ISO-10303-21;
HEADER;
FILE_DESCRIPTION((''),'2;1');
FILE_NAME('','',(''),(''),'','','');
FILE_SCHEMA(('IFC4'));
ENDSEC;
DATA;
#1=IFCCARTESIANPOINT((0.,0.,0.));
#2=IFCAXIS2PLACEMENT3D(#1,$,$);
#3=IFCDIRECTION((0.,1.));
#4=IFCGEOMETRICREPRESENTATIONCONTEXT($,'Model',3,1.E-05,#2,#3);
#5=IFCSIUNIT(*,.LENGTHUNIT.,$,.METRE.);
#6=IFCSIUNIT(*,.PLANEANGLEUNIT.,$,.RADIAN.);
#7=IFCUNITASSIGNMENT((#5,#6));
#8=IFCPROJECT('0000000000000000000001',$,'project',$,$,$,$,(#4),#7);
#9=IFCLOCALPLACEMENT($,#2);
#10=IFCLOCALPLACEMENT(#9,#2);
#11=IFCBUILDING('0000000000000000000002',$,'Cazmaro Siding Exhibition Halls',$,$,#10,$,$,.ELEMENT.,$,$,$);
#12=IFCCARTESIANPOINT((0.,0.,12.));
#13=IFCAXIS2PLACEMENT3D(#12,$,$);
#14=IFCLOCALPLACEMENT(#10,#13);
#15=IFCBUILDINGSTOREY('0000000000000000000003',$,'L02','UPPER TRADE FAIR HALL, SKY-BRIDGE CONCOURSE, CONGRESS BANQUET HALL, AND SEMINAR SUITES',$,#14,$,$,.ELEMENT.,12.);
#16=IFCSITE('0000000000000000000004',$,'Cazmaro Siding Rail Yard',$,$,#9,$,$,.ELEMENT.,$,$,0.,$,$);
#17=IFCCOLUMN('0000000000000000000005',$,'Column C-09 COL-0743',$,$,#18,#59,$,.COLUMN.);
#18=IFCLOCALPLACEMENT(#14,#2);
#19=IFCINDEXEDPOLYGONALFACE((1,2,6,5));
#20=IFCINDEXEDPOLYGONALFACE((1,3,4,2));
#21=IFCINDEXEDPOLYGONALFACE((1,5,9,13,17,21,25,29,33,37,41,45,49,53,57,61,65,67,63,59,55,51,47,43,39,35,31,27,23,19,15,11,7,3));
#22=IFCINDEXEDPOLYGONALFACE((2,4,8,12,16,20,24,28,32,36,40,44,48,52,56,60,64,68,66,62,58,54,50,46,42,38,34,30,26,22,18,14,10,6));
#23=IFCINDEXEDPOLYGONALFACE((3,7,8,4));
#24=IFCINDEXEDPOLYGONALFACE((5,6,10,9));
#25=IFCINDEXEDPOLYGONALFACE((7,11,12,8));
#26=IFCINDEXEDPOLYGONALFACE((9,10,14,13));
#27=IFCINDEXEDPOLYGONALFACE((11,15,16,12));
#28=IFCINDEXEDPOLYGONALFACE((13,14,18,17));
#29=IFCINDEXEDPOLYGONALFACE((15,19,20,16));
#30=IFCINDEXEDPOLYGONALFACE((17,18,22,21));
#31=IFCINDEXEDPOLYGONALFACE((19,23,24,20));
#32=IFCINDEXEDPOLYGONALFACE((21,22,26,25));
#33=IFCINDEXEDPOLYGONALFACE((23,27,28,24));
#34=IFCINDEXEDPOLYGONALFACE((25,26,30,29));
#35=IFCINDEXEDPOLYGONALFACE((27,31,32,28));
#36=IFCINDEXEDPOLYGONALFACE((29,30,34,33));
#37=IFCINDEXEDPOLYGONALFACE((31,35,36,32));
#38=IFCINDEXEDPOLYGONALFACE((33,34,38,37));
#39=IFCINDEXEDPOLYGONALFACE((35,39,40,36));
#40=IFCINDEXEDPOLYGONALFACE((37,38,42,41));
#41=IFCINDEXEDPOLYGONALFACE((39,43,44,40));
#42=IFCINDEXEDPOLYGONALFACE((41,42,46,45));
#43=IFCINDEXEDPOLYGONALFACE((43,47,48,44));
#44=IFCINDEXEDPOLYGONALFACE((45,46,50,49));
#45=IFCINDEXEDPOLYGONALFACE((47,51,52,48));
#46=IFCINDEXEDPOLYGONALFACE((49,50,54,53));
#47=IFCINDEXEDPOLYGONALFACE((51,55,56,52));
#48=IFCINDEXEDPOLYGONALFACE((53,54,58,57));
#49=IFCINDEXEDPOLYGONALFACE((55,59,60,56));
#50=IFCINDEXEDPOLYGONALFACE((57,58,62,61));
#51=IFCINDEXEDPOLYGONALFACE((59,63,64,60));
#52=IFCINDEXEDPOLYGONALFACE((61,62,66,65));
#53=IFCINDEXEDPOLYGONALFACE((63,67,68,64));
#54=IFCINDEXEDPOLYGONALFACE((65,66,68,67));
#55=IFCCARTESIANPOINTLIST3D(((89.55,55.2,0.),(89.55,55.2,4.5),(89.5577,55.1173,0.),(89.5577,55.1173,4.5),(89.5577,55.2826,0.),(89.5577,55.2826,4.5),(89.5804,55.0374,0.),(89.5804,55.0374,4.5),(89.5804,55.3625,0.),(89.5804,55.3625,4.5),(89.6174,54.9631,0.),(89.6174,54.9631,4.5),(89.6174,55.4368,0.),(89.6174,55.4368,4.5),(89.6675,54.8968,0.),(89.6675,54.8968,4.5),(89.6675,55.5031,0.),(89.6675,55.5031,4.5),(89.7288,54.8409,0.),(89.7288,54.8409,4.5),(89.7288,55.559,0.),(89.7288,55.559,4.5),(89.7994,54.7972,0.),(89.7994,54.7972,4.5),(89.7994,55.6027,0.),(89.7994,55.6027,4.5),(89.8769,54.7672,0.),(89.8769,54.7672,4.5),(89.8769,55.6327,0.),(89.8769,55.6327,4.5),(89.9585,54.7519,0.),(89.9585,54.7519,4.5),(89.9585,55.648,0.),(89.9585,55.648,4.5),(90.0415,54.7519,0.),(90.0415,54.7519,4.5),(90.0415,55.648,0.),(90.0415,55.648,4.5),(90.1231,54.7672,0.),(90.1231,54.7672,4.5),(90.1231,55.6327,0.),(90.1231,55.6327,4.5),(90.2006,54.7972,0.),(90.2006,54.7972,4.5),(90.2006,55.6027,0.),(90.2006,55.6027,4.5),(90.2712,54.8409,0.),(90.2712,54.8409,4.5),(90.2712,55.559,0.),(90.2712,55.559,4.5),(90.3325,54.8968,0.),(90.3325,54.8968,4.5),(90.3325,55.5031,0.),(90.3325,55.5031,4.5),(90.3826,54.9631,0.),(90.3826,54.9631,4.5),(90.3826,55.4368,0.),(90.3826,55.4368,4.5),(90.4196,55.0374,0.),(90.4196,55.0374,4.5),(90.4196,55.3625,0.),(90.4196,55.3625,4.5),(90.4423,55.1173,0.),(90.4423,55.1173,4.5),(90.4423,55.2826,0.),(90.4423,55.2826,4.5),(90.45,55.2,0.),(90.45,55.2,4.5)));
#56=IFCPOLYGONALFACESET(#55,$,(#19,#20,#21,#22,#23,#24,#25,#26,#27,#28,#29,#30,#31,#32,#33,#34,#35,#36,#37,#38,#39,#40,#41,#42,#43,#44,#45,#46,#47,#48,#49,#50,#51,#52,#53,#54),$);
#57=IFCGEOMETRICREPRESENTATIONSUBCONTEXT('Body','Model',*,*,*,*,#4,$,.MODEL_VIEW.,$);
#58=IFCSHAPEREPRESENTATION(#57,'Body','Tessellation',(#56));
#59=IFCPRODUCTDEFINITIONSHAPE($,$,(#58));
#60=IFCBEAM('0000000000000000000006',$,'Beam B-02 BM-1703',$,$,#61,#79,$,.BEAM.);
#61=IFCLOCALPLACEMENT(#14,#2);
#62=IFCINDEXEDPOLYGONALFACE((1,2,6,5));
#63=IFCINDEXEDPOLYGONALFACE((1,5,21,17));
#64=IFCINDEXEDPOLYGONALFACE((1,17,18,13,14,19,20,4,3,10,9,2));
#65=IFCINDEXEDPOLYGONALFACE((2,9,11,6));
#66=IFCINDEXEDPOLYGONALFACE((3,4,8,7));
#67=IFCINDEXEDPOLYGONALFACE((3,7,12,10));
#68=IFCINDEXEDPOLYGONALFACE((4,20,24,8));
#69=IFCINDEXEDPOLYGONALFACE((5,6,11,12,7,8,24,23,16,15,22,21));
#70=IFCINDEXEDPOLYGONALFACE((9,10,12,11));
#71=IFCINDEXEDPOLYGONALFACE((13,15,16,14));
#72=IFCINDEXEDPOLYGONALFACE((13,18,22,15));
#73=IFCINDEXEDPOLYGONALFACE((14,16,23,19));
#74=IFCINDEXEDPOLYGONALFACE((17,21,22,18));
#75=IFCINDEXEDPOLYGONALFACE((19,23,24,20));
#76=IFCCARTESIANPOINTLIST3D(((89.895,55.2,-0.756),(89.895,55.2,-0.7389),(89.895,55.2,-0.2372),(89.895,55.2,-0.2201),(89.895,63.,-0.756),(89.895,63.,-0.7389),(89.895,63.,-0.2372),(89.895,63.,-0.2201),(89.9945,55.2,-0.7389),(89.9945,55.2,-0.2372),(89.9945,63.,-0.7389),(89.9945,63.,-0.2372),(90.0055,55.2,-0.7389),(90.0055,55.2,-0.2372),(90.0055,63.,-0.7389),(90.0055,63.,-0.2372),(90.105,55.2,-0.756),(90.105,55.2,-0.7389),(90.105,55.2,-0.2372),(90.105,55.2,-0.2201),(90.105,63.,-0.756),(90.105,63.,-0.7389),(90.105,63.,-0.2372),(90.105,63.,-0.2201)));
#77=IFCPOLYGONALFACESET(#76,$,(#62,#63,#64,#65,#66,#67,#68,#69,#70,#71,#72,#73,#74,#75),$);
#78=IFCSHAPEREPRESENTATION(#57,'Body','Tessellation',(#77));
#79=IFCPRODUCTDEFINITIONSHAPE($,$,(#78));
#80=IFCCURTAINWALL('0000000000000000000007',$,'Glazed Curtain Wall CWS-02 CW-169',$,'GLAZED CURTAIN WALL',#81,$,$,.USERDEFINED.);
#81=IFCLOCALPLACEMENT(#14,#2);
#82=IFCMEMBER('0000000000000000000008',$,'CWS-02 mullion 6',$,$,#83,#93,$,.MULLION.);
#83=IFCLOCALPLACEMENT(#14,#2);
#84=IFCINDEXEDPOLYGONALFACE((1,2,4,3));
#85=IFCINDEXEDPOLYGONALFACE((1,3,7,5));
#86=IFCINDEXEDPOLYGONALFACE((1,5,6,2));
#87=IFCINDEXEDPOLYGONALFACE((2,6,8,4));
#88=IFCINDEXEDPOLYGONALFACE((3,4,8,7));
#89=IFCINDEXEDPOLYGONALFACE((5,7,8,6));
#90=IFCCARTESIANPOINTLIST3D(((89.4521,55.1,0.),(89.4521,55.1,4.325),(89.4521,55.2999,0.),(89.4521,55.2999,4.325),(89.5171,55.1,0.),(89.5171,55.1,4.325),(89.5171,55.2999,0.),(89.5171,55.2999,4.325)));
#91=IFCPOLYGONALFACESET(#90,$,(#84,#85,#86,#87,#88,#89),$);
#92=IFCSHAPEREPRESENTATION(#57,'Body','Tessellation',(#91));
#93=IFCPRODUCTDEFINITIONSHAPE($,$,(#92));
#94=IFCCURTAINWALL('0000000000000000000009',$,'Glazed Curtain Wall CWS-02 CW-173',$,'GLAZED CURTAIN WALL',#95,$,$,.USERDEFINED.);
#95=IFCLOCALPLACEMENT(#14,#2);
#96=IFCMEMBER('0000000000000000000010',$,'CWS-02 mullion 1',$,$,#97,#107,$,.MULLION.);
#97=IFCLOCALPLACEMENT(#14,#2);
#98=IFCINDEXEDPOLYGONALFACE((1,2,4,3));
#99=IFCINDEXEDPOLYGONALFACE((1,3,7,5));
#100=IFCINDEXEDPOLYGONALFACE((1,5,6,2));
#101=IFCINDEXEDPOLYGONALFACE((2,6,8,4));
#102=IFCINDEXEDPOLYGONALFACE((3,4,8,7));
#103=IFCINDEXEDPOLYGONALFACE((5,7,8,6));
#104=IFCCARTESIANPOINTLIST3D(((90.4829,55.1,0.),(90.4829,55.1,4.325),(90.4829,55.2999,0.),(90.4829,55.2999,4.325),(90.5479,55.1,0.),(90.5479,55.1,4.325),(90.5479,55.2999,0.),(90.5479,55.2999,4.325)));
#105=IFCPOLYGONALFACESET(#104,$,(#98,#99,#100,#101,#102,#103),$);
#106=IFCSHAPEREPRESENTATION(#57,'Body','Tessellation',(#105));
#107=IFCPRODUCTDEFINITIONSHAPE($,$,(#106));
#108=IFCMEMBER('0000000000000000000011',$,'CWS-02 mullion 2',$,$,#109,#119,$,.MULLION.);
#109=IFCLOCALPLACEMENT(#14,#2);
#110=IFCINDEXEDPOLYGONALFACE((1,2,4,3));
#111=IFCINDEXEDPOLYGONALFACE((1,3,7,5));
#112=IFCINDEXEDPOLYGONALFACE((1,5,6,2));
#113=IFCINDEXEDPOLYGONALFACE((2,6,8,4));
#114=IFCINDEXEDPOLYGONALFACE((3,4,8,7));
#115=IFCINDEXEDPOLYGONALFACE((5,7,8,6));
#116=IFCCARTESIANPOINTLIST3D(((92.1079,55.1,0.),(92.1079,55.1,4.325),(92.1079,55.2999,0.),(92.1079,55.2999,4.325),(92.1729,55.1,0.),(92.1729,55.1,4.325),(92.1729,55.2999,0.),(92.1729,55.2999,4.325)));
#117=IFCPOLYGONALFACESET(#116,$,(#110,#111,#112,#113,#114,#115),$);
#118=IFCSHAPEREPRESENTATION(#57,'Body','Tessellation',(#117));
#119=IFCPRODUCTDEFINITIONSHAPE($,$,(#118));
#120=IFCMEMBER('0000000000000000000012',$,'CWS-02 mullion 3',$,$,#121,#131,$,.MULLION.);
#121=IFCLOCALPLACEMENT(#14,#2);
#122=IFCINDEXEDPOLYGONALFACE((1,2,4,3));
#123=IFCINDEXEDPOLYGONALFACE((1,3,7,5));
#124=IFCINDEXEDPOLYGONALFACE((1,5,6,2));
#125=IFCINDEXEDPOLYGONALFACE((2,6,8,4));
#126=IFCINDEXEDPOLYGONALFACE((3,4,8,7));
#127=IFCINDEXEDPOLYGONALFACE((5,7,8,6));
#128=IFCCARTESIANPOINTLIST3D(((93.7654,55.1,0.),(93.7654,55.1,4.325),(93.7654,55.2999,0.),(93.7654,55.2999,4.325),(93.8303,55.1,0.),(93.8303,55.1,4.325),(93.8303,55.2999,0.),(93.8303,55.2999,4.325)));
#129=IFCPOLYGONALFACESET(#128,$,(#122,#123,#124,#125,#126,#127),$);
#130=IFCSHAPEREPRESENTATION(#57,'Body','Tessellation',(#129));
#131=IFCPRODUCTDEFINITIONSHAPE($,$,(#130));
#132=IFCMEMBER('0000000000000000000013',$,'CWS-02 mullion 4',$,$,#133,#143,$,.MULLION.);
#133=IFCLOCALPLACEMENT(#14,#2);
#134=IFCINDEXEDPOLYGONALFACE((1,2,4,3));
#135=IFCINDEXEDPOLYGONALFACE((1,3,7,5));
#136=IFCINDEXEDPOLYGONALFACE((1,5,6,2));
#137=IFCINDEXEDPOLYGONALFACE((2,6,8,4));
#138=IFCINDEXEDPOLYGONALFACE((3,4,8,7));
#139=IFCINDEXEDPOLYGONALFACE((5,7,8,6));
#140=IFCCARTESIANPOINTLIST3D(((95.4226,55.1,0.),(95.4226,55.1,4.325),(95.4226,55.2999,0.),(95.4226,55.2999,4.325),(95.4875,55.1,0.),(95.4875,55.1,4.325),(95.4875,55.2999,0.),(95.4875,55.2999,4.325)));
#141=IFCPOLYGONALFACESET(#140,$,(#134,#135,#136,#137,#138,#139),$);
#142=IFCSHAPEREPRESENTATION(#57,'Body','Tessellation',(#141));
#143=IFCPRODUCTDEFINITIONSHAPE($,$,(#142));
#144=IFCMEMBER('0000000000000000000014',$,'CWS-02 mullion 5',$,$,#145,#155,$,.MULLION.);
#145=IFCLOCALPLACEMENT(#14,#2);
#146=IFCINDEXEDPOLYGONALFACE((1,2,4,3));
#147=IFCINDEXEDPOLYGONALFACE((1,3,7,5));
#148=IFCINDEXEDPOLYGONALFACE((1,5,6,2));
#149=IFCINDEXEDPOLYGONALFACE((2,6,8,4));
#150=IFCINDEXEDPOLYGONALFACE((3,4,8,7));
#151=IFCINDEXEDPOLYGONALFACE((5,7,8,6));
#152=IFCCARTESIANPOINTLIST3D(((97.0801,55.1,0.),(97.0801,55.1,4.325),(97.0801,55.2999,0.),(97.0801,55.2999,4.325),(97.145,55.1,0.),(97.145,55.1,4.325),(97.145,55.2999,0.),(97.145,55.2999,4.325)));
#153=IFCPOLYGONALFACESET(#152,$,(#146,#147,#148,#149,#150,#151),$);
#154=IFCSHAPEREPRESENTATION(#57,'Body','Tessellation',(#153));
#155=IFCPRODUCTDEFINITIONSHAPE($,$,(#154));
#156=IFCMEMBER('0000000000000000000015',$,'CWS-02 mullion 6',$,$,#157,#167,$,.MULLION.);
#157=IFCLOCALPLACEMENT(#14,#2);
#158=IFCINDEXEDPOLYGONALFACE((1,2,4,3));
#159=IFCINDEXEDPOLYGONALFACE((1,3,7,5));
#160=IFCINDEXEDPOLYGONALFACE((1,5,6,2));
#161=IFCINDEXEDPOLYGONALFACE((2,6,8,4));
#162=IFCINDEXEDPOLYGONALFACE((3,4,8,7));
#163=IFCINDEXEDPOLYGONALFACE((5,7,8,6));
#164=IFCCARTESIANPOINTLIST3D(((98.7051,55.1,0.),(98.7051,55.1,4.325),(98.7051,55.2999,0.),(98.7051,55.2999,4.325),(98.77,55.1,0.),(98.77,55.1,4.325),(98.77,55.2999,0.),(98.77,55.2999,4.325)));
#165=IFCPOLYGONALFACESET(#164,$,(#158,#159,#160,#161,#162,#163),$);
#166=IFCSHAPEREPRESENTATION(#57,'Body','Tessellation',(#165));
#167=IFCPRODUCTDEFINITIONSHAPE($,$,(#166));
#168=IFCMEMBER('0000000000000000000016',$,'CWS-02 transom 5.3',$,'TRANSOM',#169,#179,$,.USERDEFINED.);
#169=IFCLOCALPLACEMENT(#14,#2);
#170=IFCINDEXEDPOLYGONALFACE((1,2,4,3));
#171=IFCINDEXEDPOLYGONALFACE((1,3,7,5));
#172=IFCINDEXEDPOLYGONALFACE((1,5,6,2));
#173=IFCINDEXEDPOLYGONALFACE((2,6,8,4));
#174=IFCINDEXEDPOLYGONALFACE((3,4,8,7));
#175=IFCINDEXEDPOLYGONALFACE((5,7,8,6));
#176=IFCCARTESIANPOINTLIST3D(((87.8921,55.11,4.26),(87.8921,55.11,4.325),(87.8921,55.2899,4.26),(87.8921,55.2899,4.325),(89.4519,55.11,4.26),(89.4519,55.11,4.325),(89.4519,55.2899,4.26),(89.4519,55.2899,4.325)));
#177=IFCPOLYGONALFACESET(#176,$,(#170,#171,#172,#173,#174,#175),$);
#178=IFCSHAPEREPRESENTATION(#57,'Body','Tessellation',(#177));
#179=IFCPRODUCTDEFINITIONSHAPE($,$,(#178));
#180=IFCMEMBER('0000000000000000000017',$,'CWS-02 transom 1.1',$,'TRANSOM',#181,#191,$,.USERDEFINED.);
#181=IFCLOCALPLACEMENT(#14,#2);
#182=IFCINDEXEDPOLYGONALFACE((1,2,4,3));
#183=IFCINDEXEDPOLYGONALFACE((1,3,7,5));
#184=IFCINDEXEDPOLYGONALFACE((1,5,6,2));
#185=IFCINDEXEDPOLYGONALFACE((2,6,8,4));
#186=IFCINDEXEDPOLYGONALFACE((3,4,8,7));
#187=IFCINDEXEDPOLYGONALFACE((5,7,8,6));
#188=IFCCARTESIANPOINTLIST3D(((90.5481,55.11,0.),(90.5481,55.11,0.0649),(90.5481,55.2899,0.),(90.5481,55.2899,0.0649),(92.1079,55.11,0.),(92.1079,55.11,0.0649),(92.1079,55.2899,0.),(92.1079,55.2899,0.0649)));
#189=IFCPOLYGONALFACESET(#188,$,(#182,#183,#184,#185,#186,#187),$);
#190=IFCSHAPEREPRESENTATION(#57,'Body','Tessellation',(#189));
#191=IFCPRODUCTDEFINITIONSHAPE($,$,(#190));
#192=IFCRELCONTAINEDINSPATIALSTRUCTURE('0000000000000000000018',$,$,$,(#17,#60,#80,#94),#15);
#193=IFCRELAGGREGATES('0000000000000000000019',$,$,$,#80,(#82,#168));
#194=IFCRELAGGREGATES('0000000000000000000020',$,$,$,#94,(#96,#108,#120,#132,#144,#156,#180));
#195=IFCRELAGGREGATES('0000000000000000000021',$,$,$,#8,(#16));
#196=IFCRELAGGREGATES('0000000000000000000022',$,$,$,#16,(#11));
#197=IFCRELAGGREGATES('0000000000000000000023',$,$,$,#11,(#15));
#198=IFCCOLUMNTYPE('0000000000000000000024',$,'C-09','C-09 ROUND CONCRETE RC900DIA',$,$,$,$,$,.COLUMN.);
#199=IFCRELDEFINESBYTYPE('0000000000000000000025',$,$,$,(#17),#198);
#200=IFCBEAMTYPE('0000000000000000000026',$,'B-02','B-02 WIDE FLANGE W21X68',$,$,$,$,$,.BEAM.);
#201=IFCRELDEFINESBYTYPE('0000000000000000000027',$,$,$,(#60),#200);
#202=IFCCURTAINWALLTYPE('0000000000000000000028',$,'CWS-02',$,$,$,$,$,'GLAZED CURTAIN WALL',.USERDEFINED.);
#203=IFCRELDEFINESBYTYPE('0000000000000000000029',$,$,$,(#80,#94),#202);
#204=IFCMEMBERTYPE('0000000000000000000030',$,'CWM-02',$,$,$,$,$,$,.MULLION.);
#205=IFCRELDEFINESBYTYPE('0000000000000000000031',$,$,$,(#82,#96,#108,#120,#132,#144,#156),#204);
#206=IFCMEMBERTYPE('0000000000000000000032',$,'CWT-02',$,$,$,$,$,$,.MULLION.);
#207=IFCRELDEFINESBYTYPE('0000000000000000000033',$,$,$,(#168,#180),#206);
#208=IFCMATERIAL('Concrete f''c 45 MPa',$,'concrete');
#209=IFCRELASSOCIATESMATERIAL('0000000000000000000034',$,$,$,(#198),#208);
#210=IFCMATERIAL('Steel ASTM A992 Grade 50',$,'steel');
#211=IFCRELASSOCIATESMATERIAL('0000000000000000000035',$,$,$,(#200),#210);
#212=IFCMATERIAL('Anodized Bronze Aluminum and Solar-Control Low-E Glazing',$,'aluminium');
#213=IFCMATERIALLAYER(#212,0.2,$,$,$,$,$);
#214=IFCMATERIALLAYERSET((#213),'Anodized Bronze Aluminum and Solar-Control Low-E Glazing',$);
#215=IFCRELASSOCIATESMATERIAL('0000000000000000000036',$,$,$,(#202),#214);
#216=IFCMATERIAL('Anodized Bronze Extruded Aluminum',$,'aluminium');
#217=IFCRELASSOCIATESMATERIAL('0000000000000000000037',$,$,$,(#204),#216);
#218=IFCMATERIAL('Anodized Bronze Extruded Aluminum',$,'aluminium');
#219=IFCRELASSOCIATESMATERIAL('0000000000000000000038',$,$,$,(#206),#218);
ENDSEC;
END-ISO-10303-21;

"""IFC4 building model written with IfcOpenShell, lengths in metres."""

from ifc_helpers import new_model, si_unit, direction, frame, origin, origin_2d, place, context, subcontext, project, spatial, rectangle, circle, i_section, extrude, material, layer, layer_set, material_profile, profile_set, type_object, element, aggregate, save


model = new_model("IFC4")

# Units and contexts
model_context = context("Model", 3, precision=1e-05, world=origin(), true_north=direction((0.0, 1.0)))
body_context = subcontext(model_context, "Body", "Model", "MODEL_VIEW")
ifc_project = project(units=[si_unit("LENGTHUNIT", "METRE"), si_unit("PLANEANGLEUNIT", "RADIAN")], contexts=[model_context])

# Site, building, storey
site_placement = place(None, origin())
site = spatial("IfcSite", under=ifc_project, at=site_placement, Name="Cazmaro Siding Rail Yard", CompositionType="ELEMENT", RefElevation=0.0)
building_placement = place(site_placement, origin())
building = spatial("IfcBuilding", under=site, at=building_placement, Name="Cazmaro Siding Exhibition Halls", CompositionType="ELEMENT")
storey_placement = place(building_placement, frame((0.0, 0.0, 12.0)))
storey = spatial("IfcBuildingStorey", under=building, at=storey_placement, Name="L02", Description="UPPER TRADE FAIR HALL, SKY-BRIDGE CONCOURSE, CONGRESS BANQUET HALL, AND SEMINAR SUITES", CompositionType="ELEMENT", Elevation=12.0)

# Column
ifc_material_1 = material(Name="Concrete f'c 45 MPa", Category="concrete")
ifc_material_profile_1 = material_profile(ifc_material_1, circle(Radius=0.45, at=origin_2d()), Name="RC900DIA")
ifc_profile_set_1 = profile_set([ifc_material_profile_1], Name="Concrete f'c 45 MPa")
column_type = type_object("IfcColumnType", Name="C-09", Description="C-09 ROUND CONCRETE RC900DIA", PredefinedType="COLUMN", material=ifc_profile_set_1)
column_placement = place(storey_placement, frame((90.0, 55.2, 0.0), z_axis=(0.0, 0.0, 1.0), x_axis=(1.0, 0.0, 0.0)))
element("IfcColumn", 1, at=column_placement, inside=storey, type_object=column_type, Name="Column C-09 COL-0743", PredefinedType="COLUMN", context=body_context, shape_type="SweptSolid", body=[
    extrude(circle(Radius=0.45, at=origin_2d()), origin(), (0.0, 0.0, 1.0), 4.5),
])

# Beam
ifc_material_2 = material(Name="Steel ASTM A992 Grade 50", Category="steel")
ifc_material_profile_2 = material_profile(ifc_material_2, i_section(OverallWidth=0.21, OverallDepth=0.5359, WebThickness=0.011, FlangeThickness=0.0171, at=origin_2d()), Name="W21X68")
ifc_profile_set_2 = profile_set([ifc_material_profile_2], Name="Steel ASTM A992 Grade 50")
beam_type_1 = type_object("IfcBeamType", Name="B-02", Description="B-02 WIDE FLANGE W21X68", PredefinedType="BEAM", material=ifc_profile_set_2)
beam_1_placement = place(storey_placement, frame((90.0, 55.2, -0.488), z_axis=(0.0, 1.0, 0.0), x_axis=(-1.0, 0.0, 0.0)))
element("IfcBeam", 2, at=beam_1_placement, inside=storey, type_object=beam_type_1, Name="Beam B-02 BM-1703", PredefinedType="BEAM", context=body_context, shape_type="SweptSolid", body=[
    extrude(i_section(OverallWidth=0.21, OverallDepth=0.5359, WebThickness=0.011, FlangeThickness=0.0171, at=origin_2d()), origin(), (0.0, 0.0, 1.0), 7.8),
])

# Curtain wall, member
ifc_material_3 = material(Name="Anodized Bronze Aluminum and Solar-Control Low-E Glazing", Category="aluminium")
ifc_layer_1 = layer(ifc_material_3, 0.2)
ifc_layer_set_1 = layer_set([ifc_layer_1], Name="Anodized Bronze Aluminum and Solar-Control Low-E Glazing")
curtain_wall_type = type_object("IfcCurtainWallType", Name="CWS-02", ElementType="GLAZED CURTAIN WALL", PredefinedType="USERDEFINED", material=ifc_layer_set_1)
curtain_wall_1_placement = place(storey_placement, origin())
curtain_wall_1 = element("IfcCurtainWall", 3, at=curtain_wall_1_placement, inside=storey, type_object=curtain_wall_type, Name="Glazed Curtain Wall CWS-02 CW-169", ObjectType="GLAZED CURTAIN WALL", PredefinedType="USERDEFINED")
ifc_material_4 = material(Name="Anodized Bronze Extruded Aluminum", Category="aluminium")
ifc_material_profile_3 = material_profile(ifc_material_4, rectangle(XDim=0.2, YDim=0.0649, at=origin_2d()), Name="CWM-02")
ifc_profile_set_3 = profile_set([ifc_material_profile_3], Name="Anodized Bronze Extruded Aluminum")
member_type_1 = type_object("IfcMemberType", Name="CWM-02", PredefinedType="MULLION", material=ifc_profile_set_3)
member_1_placement = place(storey_placement, frame((89.4846, 55.2, 0.0), z_axis=(0.0, 0.0, 1.0), x_axis=(0.0, 1.0, 0.0)))
member_1 = element("IfcMember", 4, at=member_1_placement, type_object=member_type_1, Name="CWS-02 mullion 6", PredefinedType="MULLION", context=body_context, shape_type="SweptSolid", body=[
    extrude(rectangle(XDim=0.2, YDim=0.0649, at=origin_2d()), origin(), (0.0, 0.0, 1.0), 4.325),
])

# Curtain wall, members
curtain_wall_2_placement = place(storey_placement, origin())
curtain_wall_2 = element("IfcCurtainWall", 5, at=curtain_wall_2_placement, inside=storey, type_object=curtain_wall_type, Name="Glazed Curtain Wall CWS-02 CW-173", ObjectType="GLAZED CURTAIN WALL", PredefinedType="USERDEFINED")
member_2_placement = place(storey_placement, frame((90.5154, 55.2, 0.0), z_axis=(0.0, 0.0, 1.0), x_axis=(0.0, 1.0, 0.0)))
member_2 = element("IfcMember", 6, at=member_2_placement, type_object=member_type_1, Name="CWS-02 mullion 1", PredefinedType="MULLION", context=body_context, shape_type="SweptSolid", body=[
    extrude(rectangle(XDim=0.2, YDim=0.0649, at=origin_2d()), origin(), (0.0, 0.0, 1.0), 4.325),
])
member_3_placement = place(storey_placement, frame((92.1404, 55.2, 0.0), z_axis=(0.0, 0.0, 1.0), x_axis=(0.0, 1.0, 0.0)))
member_3 = element("IfcMember", 7, at=member_3_placement, type_object=member_type_1, Name="CWS-02 mullion 2", PredefinedType="MULLION", context=body_context, shape_type="SweptSolid", body=[
    extrude(rectangle(XDim=0.2, YDim=0.0649, at=origin_2d()), origin(), (0.0, 0.0, 1.0), 4.325),
])
member_4_placement = place(storey_placement, frame((93.7979, 55.2, 0.0), z_axis=(0.0, 0.0, 1.0), x_axis=(0.0, 1.0, 0.0)))
member_4 = element("IfcMember", 8, at=member_4_placement, type_object=member_type_1, Name="CWS-02 mullion 3", PredefinedType="MULLION", context=body_context, shape_type="SweptSolid", body=[
    extrude(rectangle(XDim=0.2, YDim=0.0649, at=origin_2d()), origin(), (0.0, 0.0, 1.0), 4.325),
])
member_5_placement = place(storey_placement, frame((95.4551, 55.2, 0.0), z_axis=(0.0, 0.0, 1.0), x_axis=(0.0, 1.0, 0.0)))
member_5 = element("IfcMember", 9, at=member_5_placement, type_object=member_type_1, Name="CWS-02 mullion 4", PredefinedType="MULLION", context=body_context, shape_type="SweptSolid", body=[
    extrude(rectangle(XDim=0.2, YDim=0.0649, at=origin_2d()), origin(), (0.0, 0.0, 1.0), 4.325),
])
member_6_placement = place(storey_placement, frame((97.1125, 55.2, 0.0), z_axis=(0.0, 0.0, 1.0), x_axis=(0.0, 1.0, 0.0)))
member_6 = element("IfcMember", 10, at=member_6_placement, type_object=member_type_1, Name="CWS-02 mullion 5", PredefinedType="MULLION", context=body_context, shape_type="SweptSolid", body=[
    extrude(rectangle(XDim=0.2, YDim=0.0649, at=origin_2d()), origin(), (0.0, 0.0, 1.0), 4.325),
])
member_7_placement = place(storey_placement, frame((98.7375, 55.2, 0.0), z_axis=(0.0, 0.0, 1.0), x_axis=(0.0, 1.0, 0.0)))
member_7 = element("IfcMember", 11, at=member_7_placement, type_object=member_type_1, Name="CWS-02 mullion 6", PredefinedType="MULLION", context=body_context, shape_type="SweptSolid", body=[
    extrude(rectangle(XDim=0.2, YDim=0.0649, at=origin_2d()), origin(), (0.0, 0.0, 1.0), 4.325),
])

# Members
ifc_material_5 = material(Name="Anodized Bronze Extruded Aluminum", Category="aluminium")
ifc_material_profile_4 = material_profile(ifc_material_5, rectangle(XDim=0.1799, YDim=0.0649, at=origin_2d()), Name="CWT-02")
ifc_profile_set_4 = profile_set([ifc_material_profile_4], Name="Anodized Bronze Extruded Aluminum")
member_type_2 = type_object("IfcMemberType", Name="CWT-02", PredefinedType="MULLION", material=ifc_profile_set_4)
member_8_placement = place(storey_placement, frame((87.8921, 55.2, 4.2925), z_axis=(1.0, 0.0, 0.0), x_axis=(0.0, 1.0, 0.0)))
member_8 = element("IfcMember", 12, at=member_8_placement, type_object=member_type_2, Name="CWS-02 transom 5.3", ObjectType="TRANSOM", PredefinedType="USERDEFINED", context=body_context, shape_type="SweptSolid", body=[
    extrude(rectangle(XDim=0.1799, YDim=0.0649, at=origin_2d()), origin(), (0.0, 0.0, 1.0), 1.5598),
])
member_9_placement = place(storey_placement, frame((90.5481, 55.2, 0.0325), z_axis=(1.0, 0.0, 0.0), x_axis=(0.0, 1.0, 0.0)))
member_9 = element("IfcMember", 13, at=member_9_placement, type_object=member_type_2, Name="CWS-02 transom 1.1", ObjectType="TRANSOM", PredefinedType="USERDEFINED", context=body_context, shape_type="SweptSolid", body=[
    extrude(rectangle(XDim=0.1799, YDim=0.0649, at=origin_2d()), origin(), (0.0, 0.0, 1.0), 1.5598),
])

aggregate(curtain_wall_1, [member_1, member_8])
aggregate(curtain_wall_2, [member_2, member_3, member_4, member_5, member_6, member_7, member_9])

save(model, "model.ifc")
